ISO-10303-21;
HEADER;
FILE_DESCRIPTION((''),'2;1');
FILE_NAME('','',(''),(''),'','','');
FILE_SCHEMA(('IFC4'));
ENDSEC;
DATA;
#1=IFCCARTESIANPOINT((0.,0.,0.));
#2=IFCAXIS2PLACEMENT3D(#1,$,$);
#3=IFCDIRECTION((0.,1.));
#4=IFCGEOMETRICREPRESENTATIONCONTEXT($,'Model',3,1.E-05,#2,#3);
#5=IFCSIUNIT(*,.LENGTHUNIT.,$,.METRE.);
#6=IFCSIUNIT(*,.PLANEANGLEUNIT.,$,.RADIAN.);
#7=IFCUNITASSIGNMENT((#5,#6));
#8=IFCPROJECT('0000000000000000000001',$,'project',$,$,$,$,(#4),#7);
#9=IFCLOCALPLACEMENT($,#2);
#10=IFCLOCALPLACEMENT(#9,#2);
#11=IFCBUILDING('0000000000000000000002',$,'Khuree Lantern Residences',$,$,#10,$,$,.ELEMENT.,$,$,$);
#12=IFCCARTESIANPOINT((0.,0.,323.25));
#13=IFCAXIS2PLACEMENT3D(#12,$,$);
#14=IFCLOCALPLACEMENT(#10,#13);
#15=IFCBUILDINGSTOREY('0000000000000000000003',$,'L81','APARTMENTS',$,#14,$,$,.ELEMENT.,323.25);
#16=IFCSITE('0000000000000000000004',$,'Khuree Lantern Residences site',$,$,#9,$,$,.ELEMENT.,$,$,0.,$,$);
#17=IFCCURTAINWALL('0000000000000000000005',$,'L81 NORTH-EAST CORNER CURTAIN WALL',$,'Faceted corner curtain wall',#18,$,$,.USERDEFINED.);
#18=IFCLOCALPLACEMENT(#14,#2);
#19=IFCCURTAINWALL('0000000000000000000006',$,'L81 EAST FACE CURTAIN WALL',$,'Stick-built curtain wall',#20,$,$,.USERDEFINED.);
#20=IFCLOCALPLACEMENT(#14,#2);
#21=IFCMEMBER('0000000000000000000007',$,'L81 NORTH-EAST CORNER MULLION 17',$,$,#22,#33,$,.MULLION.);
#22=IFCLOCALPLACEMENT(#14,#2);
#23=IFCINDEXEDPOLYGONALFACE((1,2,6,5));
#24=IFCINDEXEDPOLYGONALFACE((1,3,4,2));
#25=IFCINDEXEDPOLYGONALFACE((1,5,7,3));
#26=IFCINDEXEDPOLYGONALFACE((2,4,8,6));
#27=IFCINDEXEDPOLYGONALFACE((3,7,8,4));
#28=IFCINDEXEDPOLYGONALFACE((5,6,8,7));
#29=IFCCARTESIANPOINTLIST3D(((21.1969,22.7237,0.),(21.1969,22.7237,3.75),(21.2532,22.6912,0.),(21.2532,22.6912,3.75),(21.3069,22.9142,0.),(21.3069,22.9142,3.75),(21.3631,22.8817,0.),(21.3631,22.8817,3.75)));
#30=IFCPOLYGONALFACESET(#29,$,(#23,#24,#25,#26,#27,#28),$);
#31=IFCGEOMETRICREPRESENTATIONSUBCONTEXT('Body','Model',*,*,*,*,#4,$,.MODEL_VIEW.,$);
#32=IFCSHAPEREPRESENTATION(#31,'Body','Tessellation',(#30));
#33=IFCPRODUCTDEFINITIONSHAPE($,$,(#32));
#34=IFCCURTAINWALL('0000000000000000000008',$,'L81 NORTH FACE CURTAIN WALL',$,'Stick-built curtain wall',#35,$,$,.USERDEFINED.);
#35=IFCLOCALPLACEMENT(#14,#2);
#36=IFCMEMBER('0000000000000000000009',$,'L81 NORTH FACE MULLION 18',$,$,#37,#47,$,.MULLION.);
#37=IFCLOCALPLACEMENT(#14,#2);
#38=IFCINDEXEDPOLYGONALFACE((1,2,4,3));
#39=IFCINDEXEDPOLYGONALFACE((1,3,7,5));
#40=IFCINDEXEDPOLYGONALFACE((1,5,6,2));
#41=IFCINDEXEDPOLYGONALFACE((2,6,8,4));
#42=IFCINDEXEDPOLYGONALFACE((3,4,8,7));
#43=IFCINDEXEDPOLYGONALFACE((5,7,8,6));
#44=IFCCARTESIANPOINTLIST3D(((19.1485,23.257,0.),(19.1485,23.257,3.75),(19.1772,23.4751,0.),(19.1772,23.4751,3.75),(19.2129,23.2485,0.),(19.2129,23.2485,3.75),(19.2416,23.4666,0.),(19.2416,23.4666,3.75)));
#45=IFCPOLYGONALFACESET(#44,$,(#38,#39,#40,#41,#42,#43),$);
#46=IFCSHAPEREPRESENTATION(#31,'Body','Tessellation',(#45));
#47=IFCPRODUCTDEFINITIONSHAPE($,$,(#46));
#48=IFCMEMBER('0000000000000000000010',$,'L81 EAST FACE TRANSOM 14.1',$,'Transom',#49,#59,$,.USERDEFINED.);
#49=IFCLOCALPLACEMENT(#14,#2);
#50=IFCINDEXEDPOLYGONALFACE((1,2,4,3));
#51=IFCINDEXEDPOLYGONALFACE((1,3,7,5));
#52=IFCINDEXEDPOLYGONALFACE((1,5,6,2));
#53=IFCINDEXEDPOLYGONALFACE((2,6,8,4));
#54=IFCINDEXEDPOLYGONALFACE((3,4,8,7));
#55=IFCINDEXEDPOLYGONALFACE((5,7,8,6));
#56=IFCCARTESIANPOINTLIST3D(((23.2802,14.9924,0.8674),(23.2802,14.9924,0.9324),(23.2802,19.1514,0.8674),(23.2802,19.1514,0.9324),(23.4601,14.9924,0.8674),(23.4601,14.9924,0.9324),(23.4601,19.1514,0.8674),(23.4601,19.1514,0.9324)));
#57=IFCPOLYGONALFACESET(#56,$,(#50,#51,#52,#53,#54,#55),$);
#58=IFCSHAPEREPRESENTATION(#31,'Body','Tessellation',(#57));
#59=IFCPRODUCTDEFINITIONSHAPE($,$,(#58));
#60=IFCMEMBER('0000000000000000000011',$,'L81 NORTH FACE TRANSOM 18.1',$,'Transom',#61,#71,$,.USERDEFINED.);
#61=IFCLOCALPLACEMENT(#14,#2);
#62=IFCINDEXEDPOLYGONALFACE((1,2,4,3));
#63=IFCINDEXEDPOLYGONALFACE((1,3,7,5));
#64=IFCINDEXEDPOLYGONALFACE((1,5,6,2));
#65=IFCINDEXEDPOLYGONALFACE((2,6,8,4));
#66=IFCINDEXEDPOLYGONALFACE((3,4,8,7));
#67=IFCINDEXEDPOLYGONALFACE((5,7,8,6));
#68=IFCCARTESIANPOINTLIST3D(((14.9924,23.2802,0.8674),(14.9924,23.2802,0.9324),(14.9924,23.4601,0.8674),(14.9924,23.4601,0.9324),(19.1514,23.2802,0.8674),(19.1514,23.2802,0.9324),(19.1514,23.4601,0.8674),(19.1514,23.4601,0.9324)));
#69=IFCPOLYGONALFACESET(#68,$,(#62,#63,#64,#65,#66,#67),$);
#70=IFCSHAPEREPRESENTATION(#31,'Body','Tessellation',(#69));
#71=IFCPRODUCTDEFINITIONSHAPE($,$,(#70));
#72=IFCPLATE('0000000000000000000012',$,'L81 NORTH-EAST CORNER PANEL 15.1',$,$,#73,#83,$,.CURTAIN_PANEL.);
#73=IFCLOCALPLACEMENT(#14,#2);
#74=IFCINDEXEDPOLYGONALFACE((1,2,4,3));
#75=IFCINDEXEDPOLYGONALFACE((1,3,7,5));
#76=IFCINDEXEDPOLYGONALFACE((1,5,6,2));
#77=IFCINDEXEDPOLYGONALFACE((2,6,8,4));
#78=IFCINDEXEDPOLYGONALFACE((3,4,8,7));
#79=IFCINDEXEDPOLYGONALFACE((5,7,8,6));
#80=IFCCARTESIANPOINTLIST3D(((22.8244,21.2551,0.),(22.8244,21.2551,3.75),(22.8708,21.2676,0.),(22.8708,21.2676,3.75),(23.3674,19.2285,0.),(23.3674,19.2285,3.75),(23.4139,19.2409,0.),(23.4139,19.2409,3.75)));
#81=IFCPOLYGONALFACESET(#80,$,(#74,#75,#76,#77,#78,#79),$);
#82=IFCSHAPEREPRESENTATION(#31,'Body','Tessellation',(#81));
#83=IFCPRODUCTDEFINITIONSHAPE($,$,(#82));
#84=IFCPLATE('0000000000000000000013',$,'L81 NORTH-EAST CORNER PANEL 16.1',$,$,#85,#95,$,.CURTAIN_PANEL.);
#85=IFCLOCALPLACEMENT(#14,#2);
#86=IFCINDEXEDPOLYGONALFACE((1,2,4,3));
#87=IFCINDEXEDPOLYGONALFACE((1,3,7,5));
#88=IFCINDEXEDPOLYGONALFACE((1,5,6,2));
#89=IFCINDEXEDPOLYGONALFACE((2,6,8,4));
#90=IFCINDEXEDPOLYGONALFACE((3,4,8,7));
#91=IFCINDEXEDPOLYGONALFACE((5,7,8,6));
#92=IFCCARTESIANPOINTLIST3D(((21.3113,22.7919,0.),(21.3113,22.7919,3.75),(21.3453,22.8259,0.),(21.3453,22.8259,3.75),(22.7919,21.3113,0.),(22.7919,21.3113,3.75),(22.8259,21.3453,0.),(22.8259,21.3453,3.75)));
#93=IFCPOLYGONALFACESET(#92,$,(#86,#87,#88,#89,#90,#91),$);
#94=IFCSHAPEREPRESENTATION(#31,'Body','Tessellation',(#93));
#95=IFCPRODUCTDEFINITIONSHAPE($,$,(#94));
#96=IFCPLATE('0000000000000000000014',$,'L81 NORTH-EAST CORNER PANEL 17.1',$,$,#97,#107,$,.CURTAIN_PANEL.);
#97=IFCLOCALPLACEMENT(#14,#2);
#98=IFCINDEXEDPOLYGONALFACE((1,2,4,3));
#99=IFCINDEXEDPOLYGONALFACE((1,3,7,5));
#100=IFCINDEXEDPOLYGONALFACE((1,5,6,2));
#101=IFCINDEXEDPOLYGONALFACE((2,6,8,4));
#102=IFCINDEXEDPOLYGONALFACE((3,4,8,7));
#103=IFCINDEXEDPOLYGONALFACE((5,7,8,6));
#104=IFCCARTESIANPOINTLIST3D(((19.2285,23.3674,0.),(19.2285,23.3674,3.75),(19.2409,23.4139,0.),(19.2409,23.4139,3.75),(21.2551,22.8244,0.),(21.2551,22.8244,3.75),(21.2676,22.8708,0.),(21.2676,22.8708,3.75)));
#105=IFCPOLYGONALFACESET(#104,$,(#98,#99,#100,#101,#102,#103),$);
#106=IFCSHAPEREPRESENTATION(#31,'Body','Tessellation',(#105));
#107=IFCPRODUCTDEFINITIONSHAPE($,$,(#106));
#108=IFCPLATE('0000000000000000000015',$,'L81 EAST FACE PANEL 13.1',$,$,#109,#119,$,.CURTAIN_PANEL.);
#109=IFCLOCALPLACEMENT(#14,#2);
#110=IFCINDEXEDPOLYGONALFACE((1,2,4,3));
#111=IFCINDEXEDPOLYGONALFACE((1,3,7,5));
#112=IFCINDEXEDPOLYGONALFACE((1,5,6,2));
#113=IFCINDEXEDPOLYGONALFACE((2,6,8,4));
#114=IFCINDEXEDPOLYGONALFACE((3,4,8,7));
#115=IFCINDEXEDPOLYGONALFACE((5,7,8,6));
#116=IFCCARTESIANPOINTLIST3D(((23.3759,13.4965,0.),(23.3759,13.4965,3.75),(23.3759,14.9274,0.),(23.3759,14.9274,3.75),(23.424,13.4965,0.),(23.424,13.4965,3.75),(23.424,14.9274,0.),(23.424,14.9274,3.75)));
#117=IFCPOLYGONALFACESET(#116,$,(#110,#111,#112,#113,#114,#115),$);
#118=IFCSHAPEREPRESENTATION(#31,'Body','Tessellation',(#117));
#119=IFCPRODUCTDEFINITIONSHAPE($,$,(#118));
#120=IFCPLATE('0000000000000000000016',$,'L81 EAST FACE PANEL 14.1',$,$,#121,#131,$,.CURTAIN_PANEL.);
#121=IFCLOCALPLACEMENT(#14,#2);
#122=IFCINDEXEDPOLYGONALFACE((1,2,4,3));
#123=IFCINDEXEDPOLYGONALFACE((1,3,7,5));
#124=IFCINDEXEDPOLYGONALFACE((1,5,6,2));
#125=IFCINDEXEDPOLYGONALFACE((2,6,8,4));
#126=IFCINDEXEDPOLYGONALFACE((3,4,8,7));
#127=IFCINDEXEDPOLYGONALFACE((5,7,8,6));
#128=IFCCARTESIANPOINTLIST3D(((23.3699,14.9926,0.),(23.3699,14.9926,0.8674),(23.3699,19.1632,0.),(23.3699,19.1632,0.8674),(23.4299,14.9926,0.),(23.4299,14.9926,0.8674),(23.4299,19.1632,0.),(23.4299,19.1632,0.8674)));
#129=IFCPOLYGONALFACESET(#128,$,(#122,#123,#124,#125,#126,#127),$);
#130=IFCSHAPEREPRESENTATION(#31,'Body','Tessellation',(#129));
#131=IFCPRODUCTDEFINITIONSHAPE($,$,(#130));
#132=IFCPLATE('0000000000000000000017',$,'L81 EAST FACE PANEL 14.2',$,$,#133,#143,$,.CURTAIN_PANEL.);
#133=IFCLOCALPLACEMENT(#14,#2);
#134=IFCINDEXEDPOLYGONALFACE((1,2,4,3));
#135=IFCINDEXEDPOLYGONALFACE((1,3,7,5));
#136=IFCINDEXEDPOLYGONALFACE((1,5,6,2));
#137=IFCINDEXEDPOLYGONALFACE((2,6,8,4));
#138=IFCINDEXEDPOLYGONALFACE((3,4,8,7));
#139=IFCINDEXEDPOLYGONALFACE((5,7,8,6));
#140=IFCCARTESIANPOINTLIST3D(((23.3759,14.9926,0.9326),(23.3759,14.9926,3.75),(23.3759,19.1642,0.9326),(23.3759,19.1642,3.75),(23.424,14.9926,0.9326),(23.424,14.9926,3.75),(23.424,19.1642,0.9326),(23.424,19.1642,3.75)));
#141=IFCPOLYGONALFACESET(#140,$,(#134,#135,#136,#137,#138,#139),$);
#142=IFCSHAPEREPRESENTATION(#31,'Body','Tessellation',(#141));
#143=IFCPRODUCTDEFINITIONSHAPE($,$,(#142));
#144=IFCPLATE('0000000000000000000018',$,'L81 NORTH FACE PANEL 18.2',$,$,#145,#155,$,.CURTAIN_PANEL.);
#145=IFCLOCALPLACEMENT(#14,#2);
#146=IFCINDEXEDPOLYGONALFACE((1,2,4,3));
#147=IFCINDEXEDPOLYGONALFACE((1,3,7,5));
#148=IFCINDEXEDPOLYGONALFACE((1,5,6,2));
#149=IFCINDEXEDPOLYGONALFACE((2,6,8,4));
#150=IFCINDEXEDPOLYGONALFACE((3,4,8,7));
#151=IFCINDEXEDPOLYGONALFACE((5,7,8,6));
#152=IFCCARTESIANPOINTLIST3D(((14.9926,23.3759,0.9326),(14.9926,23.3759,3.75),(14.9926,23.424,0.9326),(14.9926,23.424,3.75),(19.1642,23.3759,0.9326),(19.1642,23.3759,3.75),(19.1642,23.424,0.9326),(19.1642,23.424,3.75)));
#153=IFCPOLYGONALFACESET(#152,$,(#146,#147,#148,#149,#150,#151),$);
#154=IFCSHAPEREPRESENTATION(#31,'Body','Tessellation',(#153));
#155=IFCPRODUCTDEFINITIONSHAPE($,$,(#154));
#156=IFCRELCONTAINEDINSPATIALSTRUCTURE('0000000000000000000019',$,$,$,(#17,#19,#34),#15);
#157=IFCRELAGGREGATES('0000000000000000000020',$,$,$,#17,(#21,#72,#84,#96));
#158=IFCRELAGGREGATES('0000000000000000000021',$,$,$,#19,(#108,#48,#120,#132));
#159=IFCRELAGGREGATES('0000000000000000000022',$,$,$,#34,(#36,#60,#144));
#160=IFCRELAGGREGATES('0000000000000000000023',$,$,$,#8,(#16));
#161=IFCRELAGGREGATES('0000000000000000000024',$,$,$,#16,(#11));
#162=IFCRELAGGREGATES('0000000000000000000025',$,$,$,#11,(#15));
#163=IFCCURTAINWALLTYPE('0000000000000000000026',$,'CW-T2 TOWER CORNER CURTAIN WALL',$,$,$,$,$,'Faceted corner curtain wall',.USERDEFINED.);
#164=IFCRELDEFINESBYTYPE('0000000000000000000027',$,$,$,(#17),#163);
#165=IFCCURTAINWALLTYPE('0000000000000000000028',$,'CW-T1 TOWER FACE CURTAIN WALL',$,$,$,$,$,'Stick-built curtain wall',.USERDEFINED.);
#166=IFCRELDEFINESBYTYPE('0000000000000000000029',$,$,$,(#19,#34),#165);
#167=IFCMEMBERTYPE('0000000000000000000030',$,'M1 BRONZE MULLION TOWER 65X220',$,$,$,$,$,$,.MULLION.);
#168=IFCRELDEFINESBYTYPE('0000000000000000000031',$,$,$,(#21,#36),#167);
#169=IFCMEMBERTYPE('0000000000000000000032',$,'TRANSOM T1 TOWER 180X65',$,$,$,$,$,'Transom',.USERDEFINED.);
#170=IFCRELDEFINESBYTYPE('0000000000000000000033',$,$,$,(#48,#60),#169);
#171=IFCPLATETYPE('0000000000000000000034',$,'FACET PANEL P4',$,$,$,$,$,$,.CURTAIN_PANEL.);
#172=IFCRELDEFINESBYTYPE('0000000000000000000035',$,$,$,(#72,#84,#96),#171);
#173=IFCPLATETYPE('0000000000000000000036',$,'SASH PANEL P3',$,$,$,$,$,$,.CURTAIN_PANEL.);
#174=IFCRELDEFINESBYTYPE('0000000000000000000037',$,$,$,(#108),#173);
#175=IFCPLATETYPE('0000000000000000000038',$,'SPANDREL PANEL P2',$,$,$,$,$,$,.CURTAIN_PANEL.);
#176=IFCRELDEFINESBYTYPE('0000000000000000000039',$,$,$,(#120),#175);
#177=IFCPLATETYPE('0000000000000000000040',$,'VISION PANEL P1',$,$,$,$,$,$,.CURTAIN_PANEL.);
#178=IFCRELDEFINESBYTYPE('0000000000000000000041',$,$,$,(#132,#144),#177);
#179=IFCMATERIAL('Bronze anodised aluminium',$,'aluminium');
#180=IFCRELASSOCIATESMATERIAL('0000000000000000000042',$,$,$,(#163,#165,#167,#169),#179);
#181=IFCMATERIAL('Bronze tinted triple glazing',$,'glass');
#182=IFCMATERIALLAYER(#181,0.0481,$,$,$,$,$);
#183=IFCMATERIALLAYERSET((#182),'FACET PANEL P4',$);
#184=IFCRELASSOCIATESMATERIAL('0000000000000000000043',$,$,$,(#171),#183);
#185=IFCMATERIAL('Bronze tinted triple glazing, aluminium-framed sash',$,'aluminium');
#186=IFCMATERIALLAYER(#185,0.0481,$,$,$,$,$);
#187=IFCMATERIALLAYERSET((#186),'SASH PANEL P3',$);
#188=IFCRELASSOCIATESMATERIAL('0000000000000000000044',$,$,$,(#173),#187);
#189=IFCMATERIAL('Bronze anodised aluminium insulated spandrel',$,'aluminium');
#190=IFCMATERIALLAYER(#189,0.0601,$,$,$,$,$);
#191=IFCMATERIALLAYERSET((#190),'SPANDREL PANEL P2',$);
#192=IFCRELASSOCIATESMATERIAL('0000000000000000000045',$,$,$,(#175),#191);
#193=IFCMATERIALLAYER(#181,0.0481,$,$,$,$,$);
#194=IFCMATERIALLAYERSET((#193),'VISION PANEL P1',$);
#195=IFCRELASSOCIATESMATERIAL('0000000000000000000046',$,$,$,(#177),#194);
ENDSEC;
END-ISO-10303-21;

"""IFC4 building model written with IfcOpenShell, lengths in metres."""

from ifc_helpers import new_model, si_unit, direction, frame, origin, origin_2d, place, context, subcontext, project, spatial, rectangle, extrude, material, layer, layer_set, material_profile, profile_set, type_object, element, aggregate, save


model = new_model("IFC4")

# Units and contexts
model_context = context("Model", 3, precision=1e-05, world=origin(), true_north=direction((0.0, 1.0)))
body_context = subcontext(model_context, "Body", "Model", "MODEL_VIEW")
ifc_project = project(units=[si_unit("LENGTHUNIT", "METRE"), si_unit("PLANEANGLEUNIT", "RADIAN")], contexts=[model_context])

# Site, building, storey
site_placement = place(None, origin())
site = spatial("IfcSite", under=ifc_project, at=site_placement, Name="Khuree Lantern Residences site", CompositionType="ELEMENT", RefElevation=0.0)
building_placement = place(site_placement, origin())
building = spatial("IfcBuilding", under=site, at=building_placement, Name="Khuree Lantern Residences", CompositionType="ELEMENT")
storey_placement = place(building_placement, frame((0.0, 0.0, 323.25)))
storey = spatial("IfcBuildingStorey", under=building, at=storey_placement, Name="L81", Description="APARTMENTS", CompositionType="ELEMENT", Elevation=323.25)

# Curtain wall
ifc_material_1 = material(Name="Bronze anodised aluminium", Category="aluminium")
curtain_wall_type_1 = type_object("IfcCurtainWallType", Name="CW-T2 TOWER CORNER CURTAIN WALL", ElementType="Faceted corner curtain wall", PredefinedType="USERDEFINED", material=ifc_material_1)
curtain_wall_1_placement = place(storey_placement, origin())
curtain_wall_1 = element("IfcCurtainWall", 1, at=curtain_wall_1_placement, inside=storey, type_object=curtain_wall_type_1, Name="L81 NORTH-EAST CORNER CURTAIN WALL", ObjectType="Faceted corner curtain wall", PredefinedType="USERDEFINED")

# Curtain wall
curtain_wall_type_2 = type_object("IfcCurtainWallType", Name="CW-T1 TOWER FACE CURTAIN WALL", ElementType="Stick-built curtain wall", PredefinedType="USERDEFINED", material=ifc_material_1)
curtain_wall_2_placement = place(storey_placement, origin())
curtain_wall_2 = element("IfcCurtainWall", 2, at=curtain_wall_2_placement, inside=storey, type_object=curtain_wall_type_2, Name="L81 EAST FACE CURTAIN WALL", ObjectType="Stick-built curtain wall", PredefinedType="USERDEFINED")
ifc_material_profile_1 = material_profile(ifc_material_1, rectangle(XDim=0.0649, YDim=0.22, at=origin_2d()), Name="M1 65X220")
ifc_profile_set_1 = profile_set([ifc_material_profile_1], Name="Bronze anodised aluminium")
member_type_1 = type_object("IfcMemberType", Name="M1 BRONZE MULLION TOWER 65X220", PredefinedType="MULLION", material=ifc_profile_set_1)

# Member
member_1_placement = place(storey_placement, frame((21.28, 22.8027, 0.0), z_axis=(0.0, 0.0, 1.0), x_axis=(-0.866025, 0.5, 0.0)))
member_1 = element("IfcMember", 3, at=member_1_placement, type_object=member_type_1, Name="L81 NORTH-EAST CORNER MULLION 17", PredefinedType="MULLION", context=body_context, shape_type="SweptSolid", body=[
    extrude(rectangle(XDim=0.0649, YDim=0.22, at=origin_2d()), origin(), (0.0, 0.0, 1.0), 3.75),
])

# Curtain wall, member
curtain_wall_3_placement = place(storey_placement, origin())
curtain_wall_3 = element("IfcCurtainWall", 4, at=curtain_wall_3_placement, inside=storey, type_object=curtain_wall_type_2, Name="L81 NORTH FACE CURTAIN WALL", ObjectType="Stick-built curtain wall", PredefinedType="USERDEFINED")
member_2_placement = place(storey_placement, frame((19.1951, 23.3618, 0.0), z_axis=(0.0, 0.0, 1.0), x_axis=(-0.991445, 0.130526, 0.0)))
member_2 = element("IfcMember", 5, at=member_2_placement, type_object=member_type_1, Name="L81 NORTH FACE MULLION 18", PredefinedType="MULLION", context=body_context, shape_type="SweptSolid", body=[
    extrude(rectangle(XDim=0.0649, YDim=0.22, at=origin_2d()), origin(), (0.0, 0.0, 1.0), 3.75),
])

# Members
ifc_material_profile_2 = material_profile(ifc_material_1, rectangle(XDim=0.1799, YDim=0.0649, at=origin_2d()), Name="T1 180X65")
ifc_profile_set_2 = profile_set([ifc_material_profile_2], Name="Bronze anodised aluminium")
member_type_2 = type_object("IfcMemberType", Name="TRANSOM T1 TOWER 180X65", ElementType="Transom", PredefinedType="USERDEFINED", material=ifc_profile_set_2)
member_3_placement = place(storey_placement, frame((23.3701, 14.9924, 0.8999), z_axis=(0.0, 1.0, 0.0), x_axis=(-1.0, 0.0, 0.0)))
member_3 = element("IfcMember", 6, at=member_3_placement, type_object=member_type_2, Name="L81 EAST FACE TRANSOM 14.1", ObjectType="Transom", PredefinedType="USERDEFINED", context=body_context, shape_type="SweptSolid", body=[
    extrude(rectangle(XDim=0.1799, YDim=0.0649, at=origin_2d()), origin(), (0.0, 0.0, 1.0), 4.1589),
])
member_4_placement = place(storey_placement, frame((19.1514, 23.3701, 0.8999), z_axis=(-1.0, 0.0, 0.0), x_axis=(0.0, -1.0, 0.0)))
member_4 = element("IfcMember", 7, at=member_4_placement, type_object=member_type_2, Name="L81 NORTH FACE TRANSOM 18.1", ObjectType="Transom", PredefinedType="USERDEFINED", context=body_context, shape_type="SweptSolid", body=[
    extrude(rectangle(XDim=0.1799, YDim=0.0649, at=origin_2d()), origin(), (0.0, 0.0, 1.0), 4.1589),
])

# Plates
ifc_material_2 = material(Name="Bronze tinted triple glazing", Category="glass")
ifc_layer_1 = layer(ifc_material_2, 0.0481)
ifc_layer_set_1 = layer_set([ifc_layer_1], Name="FACET PANEL P4")
plate_type_1 = type_object("IfcPlateType", Name="FACET PANEL P4", PredefinedType="CURTAIN_PANEL", material=ifc_layer_set_1)
plate_1_placement = place(storey_placement, frame((23.1191, 20.248, 0.0), z_axis=(0.0, 0.0, 1.0), x_axis=(-0.258819, 0.965926, 0.0)))
plate_1 = element("IfcPlate", 8, at=plate_1_placement, type_object=plate_type_1, Name="L81 NORTH-EAST CORNER PANEL 15.1", PredefinedType="CURTAIN_PANEL", context=body_context, shape_type="SweptSolid", body=[
    extrude(rectangle(XDim=2.0981, YDim=0.0481, at=origin_2d()), origin(), (0.0, 0.0, 1.0), 3.75),
])
plate_2_placement = place(storey_placement, frame((22.0686, 22.0686, 0.0), z_axis=(0.0, 0.0, 1.0), x_axis=(-0.707107, 0.707107, 0.0)))
plate_2 = element("IfcPlate", 9, at=plate_2_placement, type_object=plate_type_1, Name="L81 NORTH-EAST CORNER PANEL 16.1", PredefinedType="CURTAIN_PANEL", context=body_context, shape_type="SweptSolid", body=[
    extrude(rectangle(XDim=2.094, YDim=0.0481, at=origin_2d()), origin(), (0.0, 0.0, 1.0), 3.75),
])
plate_3_placement = place(storey_placement, frame((20.248, 23.1191, 0.0), z_axis=(0.0, 0.0, 1.0), x_axis=(-0.965926, 0.258819, 0.0)))
plate_3 = element("IfcPlate", 10, at=plate_3_placement, type_object=plate_type_1, Name="L81 NORTH-EAST CORNER PANEL 17.1", PredefinedType="CURTAIN_PANEL", context=body_context, shape_type="SweptSolid", body=[
    extrude(rectangle(XDim=2.0981, YDim=0.0481, at=origin_2d()), origin(), (0.0, 0.0, 1.0), 3.75),
])
aggregate(curtain_wall_1, [member_1, plate_1, plate_2, plate_3])
ifc_material_3 = material(Name="Bronze tinted triple glazing, aluminium-framed sash", Category="aluminium")
ifc_layer_2 = layer(ifc_material_3, 0.0481)
ifc_layer_set_2 = layer_set([ifc_layer_2], Name="SASH PANEL P3")
plate_type_2 = type_object("IfcPlateType", Name="SASH PANEL P3", PredefinedType="CURTAIN_PANEL", material=ifc_layer_set_2)
plate_4_placement = place(storey_placement, frame((23.3999, 14.2119, 0.0), z_axis=(0.0, 0.0, 1.0), x_axis=(0.0, 1.0, 0.0)))
plate_4 = element("IfcPlate", 11, at=plate_4_placement, type_object=plate_type_2, Name="L81 EAST FACE PANEL 13.1", PredefinedType="CURTAIN_PANEL", context=body_context, shape_type="SweptSolid", body=[
    extrude(rectangle(XDim=1.4309, YDim=0.0481, at=origin_2d()), origin(), (0.0, 0.0, 1.0), 3.75),
])
ifc_material_4 = material(Name="Bronze anodised aluminium insulated spandrel", Category="aluminium")
ifc_layer_3 = layer(ifc_material_4, 0.0601)
ifc_layer_set_3 = layer_set([ifc_layer_3], Name="SPANDREL PANEL P2")
plate_type_3 = type_object("IfcPlateType", Name="SPANDREL PANEL P2", PredefinedType="CURTAIN_PANEL", material=ifc_layer_set_3)
plate_5_placement = place(storey_placement, frame((23.3999, 17.0779, 0.0), z_axis=(0.0, 0.0, 1.0), x_axis=(0.0, 1.0, 0.0)))
plate_5 = element("IfcPlate", 12, at=plate_5_placement, type_object=plate_type_3, Name="L81 EAST FACE PANEL 14.1", PredefinedType="CURTAIN_PANEL", context=body_context, shape_type="SweptSolid", body=[
    extrude(rectangle(XDim=4.1707, YDim=0.0601, at=origin_2d()), origin(), (0.0, 0.0, 1.0), 0.8674),
])
ifc_layer_4 = layer(ifc_material_2, 0.0481)
ifc_layer_set_4 = layer_set([ifc_layer_4], Name="VISION PANEL P1")
plate_type_4 = type_object("IfcPlateType", Name="VISION PANEL P1", PredefinedType="CURTAIN_PANEL", material=ifc_layer_set_4)
plate_6_placement = place(storey_placement, frame((23.3999, 17.0784, 0.9326), z_axis=(0.0, 0.0, 1.0), x_axis=(0.0, 1.0, 0.0)))
plate_6 = element("IfcPlate", 13, at=plate_6_placement, type_object=plate_type_4, Name="L81 EAST FACE PANEL 14.2", PredefinedType="CURTAIN_PANEL", context=body_context, shape_type="SweptSolid", body=[
    extrude(rectangle(XDim=4.1716, YDim=0.0481, at=origin_2d()), origin(), (0.0, 0.0, 1.0), 2.8174),
])
aggregate(curtain_wall_2, [plate_4, member_3, plate_5, plate_6])
plate_7_placement = place(storey_placement, frame((17.0784, 23.3999, 0.9326), z_axis=(0.0, 0.0, 1.0), x_axis=(-1.0, 0.0, 0.0)))
plate_7 = element("IfcPlate", 14, at=plate_7_placement, type_object=plate_type_4, Name="L81 NORTH FACE PANEL 18.2", PredefinedType="CURTAIN_PANEL", context=body_context, shape_type="SweptSolid", body=[
    extrude(rectangle(XDim=4.1716, YDim=0.0481, at=origin_2d()), origin(), (0.0, 0.0, 1.0), 2.8174),
])
aggregate(curtain_wall_3, [member_2, member_4, plate_7])

save(model, "model.ifc")
